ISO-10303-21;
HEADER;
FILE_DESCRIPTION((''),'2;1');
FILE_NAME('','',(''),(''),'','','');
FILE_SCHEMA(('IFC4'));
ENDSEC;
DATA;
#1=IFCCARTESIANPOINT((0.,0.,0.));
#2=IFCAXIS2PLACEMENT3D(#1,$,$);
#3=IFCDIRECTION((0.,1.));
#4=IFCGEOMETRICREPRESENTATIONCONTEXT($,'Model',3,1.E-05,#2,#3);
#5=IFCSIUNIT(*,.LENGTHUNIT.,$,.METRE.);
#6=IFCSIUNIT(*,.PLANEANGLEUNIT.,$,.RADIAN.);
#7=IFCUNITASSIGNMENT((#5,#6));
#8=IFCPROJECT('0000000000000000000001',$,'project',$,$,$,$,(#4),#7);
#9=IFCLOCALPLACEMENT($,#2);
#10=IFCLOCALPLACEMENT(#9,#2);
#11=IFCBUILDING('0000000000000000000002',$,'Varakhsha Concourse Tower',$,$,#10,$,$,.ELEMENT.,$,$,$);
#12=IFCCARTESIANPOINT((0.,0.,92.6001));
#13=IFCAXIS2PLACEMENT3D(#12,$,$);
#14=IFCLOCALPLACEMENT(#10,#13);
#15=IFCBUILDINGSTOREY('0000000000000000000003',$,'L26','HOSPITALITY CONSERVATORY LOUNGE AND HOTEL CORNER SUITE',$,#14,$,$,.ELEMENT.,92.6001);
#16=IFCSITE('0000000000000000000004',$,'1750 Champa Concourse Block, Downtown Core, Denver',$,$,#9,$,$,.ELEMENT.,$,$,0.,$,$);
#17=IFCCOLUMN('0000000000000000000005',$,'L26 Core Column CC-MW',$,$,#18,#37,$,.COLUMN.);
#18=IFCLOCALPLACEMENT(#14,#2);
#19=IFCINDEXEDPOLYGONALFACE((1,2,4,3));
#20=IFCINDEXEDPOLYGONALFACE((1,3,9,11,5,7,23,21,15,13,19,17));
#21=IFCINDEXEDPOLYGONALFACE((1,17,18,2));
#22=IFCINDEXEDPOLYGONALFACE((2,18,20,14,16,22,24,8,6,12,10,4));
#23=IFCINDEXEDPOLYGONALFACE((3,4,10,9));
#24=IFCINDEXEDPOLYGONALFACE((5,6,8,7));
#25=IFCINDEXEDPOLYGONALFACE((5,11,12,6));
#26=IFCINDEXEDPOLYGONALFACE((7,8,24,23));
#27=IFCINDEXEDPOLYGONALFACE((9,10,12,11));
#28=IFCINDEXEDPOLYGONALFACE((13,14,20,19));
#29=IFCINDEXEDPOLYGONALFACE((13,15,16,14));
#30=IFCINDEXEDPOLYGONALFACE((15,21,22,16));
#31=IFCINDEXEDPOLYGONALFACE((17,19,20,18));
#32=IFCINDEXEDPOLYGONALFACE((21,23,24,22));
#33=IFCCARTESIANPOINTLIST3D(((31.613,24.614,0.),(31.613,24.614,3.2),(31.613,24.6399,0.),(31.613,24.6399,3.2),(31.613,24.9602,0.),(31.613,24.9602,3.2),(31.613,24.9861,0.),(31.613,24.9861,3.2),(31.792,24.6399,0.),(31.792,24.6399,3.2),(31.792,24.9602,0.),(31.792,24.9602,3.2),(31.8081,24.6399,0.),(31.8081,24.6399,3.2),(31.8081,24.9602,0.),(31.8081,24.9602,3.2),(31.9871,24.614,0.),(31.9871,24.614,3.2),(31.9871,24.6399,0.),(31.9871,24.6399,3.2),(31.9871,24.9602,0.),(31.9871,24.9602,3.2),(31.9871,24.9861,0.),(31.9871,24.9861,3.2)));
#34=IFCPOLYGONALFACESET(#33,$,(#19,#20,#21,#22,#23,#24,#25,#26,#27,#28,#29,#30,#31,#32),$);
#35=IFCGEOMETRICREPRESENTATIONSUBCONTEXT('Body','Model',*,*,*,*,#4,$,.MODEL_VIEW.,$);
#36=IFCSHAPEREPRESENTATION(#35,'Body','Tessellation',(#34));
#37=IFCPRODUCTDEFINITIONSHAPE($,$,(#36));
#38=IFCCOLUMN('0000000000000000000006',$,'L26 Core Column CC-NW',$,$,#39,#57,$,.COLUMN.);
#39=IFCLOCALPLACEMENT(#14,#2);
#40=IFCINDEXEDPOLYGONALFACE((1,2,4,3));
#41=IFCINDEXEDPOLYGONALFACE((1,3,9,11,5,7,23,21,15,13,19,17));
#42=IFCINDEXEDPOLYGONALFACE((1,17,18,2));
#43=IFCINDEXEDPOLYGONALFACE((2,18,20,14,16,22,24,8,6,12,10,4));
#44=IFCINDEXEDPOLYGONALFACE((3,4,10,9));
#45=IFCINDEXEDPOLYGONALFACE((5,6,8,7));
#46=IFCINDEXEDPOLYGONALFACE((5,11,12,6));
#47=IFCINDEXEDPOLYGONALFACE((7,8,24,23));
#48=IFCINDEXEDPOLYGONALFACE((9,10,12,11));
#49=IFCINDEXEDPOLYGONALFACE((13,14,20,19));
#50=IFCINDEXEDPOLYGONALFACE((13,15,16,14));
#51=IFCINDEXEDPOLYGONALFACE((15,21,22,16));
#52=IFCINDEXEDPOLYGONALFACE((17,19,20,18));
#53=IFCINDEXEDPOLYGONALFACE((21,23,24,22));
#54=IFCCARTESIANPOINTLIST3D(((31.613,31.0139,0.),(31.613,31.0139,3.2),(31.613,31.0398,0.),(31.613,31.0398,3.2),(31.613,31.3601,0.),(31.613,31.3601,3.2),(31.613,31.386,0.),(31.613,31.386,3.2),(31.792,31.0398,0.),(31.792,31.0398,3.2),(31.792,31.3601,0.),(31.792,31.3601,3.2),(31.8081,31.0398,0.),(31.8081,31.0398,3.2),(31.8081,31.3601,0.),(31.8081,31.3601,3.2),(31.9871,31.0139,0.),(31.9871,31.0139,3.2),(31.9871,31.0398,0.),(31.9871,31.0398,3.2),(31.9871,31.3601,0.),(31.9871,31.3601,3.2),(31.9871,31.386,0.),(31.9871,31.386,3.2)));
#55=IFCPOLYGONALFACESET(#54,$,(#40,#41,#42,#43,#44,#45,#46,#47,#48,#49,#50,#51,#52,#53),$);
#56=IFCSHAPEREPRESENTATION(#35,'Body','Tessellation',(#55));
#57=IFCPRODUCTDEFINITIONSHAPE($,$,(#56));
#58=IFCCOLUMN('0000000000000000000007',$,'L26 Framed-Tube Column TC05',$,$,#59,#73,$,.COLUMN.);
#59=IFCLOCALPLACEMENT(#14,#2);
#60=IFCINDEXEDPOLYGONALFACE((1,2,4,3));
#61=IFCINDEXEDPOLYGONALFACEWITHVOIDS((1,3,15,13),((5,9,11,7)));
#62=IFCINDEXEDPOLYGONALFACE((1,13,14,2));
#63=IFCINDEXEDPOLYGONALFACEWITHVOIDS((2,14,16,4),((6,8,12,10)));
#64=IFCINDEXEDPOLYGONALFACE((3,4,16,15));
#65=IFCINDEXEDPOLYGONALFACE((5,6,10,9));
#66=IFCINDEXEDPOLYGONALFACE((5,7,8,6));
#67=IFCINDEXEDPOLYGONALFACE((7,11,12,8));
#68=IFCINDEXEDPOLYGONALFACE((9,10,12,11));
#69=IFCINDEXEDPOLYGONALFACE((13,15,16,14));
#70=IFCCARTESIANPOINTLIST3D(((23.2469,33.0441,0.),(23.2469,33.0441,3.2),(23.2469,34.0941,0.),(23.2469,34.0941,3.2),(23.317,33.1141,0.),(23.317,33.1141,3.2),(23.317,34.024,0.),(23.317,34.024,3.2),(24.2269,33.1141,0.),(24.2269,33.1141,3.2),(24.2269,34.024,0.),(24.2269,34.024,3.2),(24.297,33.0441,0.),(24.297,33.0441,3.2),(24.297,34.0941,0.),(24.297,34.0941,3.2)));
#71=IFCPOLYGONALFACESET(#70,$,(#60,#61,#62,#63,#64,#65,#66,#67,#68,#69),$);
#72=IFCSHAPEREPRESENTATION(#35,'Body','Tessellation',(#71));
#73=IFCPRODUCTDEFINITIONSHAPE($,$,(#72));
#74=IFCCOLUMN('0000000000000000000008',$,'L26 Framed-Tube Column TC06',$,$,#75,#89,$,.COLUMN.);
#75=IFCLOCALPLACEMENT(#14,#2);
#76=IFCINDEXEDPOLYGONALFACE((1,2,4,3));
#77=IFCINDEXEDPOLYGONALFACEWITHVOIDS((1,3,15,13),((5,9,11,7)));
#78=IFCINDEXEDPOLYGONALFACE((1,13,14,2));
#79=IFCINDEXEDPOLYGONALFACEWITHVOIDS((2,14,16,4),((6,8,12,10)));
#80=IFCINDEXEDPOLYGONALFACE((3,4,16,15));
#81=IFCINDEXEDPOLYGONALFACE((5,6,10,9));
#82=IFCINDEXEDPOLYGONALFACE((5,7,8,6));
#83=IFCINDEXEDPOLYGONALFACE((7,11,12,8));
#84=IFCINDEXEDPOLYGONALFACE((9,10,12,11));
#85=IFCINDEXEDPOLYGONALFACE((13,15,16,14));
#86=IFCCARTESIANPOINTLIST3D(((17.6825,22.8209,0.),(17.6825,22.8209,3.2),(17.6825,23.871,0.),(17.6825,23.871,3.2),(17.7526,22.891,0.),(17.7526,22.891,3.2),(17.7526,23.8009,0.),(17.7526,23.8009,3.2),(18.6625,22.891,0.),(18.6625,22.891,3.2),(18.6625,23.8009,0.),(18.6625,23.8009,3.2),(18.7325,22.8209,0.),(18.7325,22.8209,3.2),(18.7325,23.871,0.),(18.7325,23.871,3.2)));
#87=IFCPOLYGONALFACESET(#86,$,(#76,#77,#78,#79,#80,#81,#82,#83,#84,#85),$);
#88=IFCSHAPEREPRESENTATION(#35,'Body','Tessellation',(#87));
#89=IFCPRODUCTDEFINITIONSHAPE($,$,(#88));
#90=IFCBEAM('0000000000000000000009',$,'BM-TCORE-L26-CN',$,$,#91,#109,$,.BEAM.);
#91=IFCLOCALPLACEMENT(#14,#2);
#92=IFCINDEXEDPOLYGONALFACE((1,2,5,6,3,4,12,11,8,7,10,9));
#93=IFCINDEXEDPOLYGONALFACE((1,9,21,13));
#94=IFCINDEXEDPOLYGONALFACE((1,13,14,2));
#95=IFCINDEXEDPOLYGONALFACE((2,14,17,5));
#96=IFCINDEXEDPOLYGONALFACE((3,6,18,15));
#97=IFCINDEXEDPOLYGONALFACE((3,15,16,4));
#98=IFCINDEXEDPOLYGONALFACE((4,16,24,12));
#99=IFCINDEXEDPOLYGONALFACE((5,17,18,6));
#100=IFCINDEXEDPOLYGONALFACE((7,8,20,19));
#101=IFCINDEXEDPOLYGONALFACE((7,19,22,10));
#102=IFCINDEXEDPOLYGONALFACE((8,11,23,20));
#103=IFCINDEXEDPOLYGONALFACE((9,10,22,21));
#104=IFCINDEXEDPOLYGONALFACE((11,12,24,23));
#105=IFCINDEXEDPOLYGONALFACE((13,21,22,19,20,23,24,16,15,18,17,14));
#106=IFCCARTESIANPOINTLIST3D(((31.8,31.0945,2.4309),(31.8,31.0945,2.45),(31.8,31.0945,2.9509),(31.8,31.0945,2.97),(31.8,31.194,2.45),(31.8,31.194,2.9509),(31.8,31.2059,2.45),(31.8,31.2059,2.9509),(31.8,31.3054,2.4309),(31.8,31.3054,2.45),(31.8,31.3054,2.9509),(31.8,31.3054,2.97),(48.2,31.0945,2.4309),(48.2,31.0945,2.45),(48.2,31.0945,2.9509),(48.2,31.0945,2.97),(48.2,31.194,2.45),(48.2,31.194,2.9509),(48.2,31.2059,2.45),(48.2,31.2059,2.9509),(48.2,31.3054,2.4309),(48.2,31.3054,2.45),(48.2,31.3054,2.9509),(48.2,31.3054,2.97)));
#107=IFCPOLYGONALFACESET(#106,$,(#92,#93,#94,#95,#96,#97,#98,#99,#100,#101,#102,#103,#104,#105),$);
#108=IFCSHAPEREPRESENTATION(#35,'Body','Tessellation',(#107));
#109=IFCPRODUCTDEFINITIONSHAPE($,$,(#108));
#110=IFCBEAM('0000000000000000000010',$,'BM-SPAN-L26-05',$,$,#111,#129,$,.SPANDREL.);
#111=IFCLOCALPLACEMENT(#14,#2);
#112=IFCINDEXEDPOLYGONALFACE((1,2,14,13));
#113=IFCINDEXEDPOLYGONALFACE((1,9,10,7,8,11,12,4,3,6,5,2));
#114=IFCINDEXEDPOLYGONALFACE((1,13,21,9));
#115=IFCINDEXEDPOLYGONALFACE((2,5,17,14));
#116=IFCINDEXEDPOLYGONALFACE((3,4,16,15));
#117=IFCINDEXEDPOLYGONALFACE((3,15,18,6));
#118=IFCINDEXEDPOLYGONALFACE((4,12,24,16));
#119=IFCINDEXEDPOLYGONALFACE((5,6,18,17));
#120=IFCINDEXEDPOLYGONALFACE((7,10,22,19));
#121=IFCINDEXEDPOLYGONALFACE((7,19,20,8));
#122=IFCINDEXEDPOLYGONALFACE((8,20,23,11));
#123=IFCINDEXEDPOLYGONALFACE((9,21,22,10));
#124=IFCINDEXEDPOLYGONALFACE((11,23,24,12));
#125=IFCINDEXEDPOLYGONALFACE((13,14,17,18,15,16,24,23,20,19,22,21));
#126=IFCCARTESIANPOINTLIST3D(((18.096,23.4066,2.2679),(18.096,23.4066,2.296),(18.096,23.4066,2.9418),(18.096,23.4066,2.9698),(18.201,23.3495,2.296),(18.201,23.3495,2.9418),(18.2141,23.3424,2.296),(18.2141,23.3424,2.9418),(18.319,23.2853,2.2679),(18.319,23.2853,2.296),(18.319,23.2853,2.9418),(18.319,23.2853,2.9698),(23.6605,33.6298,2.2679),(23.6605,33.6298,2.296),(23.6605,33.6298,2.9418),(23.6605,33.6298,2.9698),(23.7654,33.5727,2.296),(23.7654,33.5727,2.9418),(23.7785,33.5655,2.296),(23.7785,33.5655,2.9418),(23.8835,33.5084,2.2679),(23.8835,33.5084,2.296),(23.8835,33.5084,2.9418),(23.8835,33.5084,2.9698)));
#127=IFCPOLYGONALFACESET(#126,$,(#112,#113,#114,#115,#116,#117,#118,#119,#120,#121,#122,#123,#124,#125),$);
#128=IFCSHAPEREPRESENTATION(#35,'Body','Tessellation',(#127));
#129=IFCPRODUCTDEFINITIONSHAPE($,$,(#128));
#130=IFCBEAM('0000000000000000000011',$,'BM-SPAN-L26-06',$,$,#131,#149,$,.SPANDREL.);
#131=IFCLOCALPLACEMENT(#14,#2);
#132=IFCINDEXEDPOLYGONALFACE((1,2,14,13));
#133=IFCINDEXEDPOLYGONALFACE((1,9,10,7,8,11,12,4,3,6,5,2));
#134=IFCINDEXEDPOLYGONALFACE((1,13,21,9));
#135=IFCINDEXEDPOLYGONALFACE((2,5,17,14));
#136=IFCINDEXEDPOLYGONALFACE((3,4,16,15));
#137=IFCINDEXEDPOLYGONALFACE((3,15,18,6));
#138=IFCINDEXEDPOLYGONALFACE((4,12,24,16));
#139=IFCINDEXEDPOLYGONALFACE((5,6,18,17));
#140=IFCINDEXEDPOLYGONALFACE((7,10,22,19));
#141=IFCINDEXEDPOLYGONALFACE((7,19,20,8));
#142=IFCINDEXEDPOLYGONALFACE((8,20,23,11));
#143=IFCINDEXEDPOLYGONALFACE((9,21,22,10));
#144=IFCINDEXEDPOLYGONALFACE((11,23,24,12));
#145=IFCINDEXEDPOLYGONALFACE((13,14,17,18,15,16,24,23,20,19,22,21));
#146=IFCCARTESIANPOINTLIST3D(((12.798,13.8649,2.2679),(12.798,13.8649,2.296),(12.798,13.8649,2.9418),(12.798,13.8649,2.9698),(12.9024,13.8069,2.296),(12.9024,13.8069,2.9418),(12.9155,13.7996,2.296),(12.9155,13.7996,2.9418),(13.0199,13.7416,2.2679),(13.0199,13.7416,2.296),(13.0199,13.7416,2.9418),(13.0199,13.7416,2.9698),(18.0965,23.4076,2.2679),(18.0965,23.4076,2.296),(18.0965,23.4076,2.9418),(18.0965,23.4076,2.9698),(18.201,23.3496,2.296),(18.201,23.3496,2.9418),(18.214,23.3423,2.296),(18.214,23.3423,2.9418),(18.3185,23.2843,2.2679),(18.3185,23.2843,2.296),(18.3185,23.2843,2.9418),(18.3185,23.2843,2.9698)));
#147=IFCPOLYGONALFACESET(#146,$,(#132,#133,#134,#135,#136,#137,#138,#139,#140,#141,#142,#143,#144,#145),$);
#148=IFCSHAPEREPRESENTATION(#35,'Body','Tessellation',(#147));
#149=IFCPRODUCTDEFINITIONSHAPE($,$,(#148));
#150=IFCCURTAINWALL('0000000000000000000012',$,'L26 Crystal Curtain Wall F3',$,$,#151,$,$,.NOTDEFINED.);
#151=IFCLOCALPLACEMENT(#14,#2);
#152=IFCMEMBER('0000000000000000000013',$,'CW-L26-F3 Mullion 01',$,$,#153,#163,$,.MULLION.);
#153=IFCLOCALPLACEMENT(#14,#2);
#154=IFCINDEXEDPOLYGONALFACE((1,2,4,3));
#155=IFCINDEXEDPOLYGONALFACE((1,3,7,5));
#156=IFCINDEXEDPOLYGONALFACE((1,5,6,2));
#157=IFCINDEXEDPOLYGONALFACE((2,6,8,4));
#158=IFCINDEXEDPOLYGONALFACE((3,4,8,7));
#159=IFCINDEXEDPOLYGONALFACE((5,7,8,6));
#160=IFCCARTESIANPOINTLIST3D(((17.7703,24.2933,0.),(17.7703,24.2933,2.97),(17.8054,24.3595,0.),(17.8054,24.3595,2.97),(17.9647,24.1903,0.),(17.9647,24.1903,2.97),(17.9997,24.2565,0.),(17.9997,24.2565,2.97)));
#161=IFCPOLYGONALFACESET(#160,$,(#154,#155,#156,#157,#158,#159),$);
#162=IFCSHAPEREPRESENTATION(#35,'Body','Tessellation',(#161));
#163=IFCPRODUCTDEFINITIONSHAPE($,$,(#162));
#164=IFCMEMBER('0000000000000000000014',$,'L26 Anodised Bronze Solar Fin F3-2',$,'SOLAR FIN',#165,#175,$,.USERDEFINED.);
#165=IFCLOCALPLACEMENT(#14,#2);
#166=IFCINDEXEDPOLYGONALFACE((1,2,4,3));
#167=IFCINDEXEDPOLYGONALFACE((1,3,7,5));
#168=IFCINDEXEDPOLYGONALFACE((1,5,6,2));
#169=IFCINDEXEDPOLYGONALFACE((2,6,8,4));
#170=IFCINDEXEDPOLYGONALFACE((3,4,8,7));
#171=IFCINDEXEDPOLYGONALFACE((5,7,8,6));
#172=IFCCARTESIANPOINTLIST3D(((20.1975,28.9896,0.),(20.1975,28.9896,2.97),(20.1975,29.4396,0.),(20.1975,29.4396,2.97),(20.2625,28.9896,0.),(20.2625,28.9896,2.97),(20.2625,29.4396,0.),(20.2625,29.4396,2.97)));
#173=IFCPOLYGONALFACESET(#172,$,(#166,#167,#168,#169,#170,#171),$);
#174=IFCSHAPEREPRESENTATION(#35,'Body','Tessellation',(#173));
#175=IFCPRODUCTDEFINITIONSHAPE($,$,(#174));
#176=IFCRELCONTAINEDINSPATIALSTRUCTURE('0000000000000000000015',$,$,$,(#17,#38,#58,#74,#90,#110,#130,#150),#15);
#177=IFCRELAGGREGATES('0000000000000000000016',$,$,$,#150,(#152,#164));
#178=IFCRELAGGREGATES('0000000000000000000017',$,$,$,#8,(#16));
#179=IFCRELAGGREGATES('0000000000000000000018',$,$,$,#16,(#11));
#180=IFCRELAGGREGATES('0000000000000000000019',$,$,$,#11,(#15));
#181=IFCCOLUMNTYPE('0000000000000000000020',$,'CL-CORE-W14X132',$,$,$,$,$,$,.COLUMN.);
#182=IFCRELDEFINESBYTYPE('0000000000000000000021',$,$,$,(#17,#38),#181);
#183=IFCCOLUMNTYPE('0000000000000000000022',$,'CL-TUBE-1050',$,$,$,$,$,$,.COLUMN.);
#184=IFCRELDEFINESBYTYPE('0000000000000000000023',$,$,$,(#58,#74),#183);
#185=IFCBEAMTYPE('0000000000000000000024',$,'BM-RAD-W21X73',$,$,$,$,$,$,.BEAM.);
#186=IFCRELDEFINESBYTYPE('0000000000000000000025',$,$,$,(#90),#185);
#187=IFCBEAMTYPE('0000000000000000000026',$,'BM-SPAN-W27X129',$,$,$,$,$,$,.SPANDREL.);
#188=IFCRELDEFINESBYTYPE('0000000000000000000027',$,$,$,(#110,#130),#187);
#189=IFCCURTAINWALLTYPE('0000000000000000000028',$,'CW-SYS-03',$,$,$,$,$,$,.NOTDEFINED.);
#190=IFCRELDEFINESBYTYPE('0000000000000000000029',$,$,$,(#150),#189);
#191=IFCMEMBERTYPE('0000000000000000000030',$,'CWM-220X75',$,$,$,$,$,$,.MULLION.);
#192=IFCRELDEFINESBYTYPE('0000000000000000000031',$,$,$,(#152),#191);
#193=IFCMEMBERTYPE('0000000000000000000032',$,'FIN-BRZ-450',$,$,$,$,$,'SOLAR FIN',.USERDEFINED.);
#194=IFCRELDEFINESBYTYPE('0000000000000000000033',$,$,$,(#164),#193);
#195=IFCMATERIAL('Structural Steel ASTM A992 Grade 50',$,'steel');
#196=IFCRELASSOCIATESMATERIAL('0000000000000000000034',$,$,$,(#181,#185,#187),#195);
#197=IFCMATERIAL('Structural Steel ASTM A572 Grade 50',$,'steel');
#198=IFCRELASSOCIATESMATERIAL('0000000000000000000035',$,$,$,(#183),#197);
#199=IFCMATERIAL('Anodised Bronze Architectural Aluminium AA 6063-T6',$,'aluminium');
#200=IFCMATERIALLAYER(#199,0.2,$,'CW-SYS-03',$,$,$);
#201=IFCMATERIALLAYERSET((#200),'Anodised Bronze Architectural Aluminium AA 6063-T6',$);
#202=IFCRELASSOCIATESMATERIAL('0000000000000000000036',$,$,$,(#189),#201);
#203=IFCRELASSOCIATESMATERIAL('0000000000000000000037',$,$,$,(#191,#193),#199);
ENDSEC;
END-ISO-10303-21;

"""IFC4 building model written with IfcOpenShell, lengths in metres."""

from ifc_helpers import new_model, si_unit, direction, frame, origin, origin_2d, place, context, subcontext, project, spatial, rectangle, hollow_rectangle, i_section, extrude, source, transform, mapped, material, layer, layer_set, material_profile, profile_set, type_object, type_shapes, element, aggregate, save


model = new_model("IFC4")

# Units and contexts
model_context = context("Model", 3, precision=1e-05, world=origin(), true_north=direction((0.0, 1.0)))
body_context = subcontext(model_context, "Body", "Model", "MODEL_VIEW")
ifc_project = project(units=[si_unit("LENGTHUNIT", "METRE"), si_unit("PLANEANGLEUNIT", "RADIAN")], contexts=[model_context])

# Site, building, storey
site_placement = place(None, origin())
site = spatial("IfcSite", under=ifc_project, at=site_placement, Name="1750 Champa Concourse Block, Downtown Core, Denver", CompositionType="ELEMENT", RefElevation=0.0)
building_placement = place(site_placement, origin())
building = spatial("IfcBuilding", under=site, at=building_placement, Name="Varakhsha Concourse Tower", CompositionType="ELEMENT")
storey_placement = place(building_placement, frame((0.0, 0.0, 92.6001)))
storey = spatial("IfcBuildingStorey", under=building, at=storey_placement, Name="L26", Description="HOSPITALITY CONSERVATORY LOUNGE AND HOTEL CORNER SUITE", CompositionType="ELEMENT", Elevation=92.6001)

# Columns
ifc_material_1 = material(Name="Structural Steel ASTM A992 Grade 50", Category="steel")
ifc_material_profile_1 = material_profile(ifc_material_1, i_section(OverallWidth=0.374, OverallDepth=0.3721, WebThickness=0.0161, FlangeThickness=0.0259, at=origin_2d()), Name="W14X132")
ifc_profile_set_1 = profile_set([ifc_material_profile_1], Name="Structural Steel ASTM A992 Grade 50")
column_type_1 = type_object("IfcColumnType", Name="CL-CORE-W14X132", PredefinedType="COLUMN", material=ifc_profile_set_1)
for number, where, z_axis, x_axis, name in (
    (1, (31.8, 24.8, 0.0), (0.0, 0.0, 1.0), (1.0, 0.0, 0.0), "L26 Core Column CC-MW"),
    (2, (31.8, 31.2, 0.0), (0.0, 0.0, 1.0), (1.0, 0.0, 0.0), "L26 Core Column CC-NW"),
):
    element("IfcColumn", number, at=place(storey_placement, frame(where, z_axis=z_axis, x_axis=x_axis)), inside=storey, type_object=column_type_1, Name=name, PredefinedType="COLUMN", context=body_context, shape_type="SweptSolid", body=[
        extrude(i_section(OverallWidth=0.374, OverallDepth=0.3721, WebThickness=0.0161, FlangeThickness=0.0259, at=origin_2d()), origin(), (0.0, 0.0, 1.0), 3.2),
    ])
ifc_material_2 = material(Name="Structural Steel ASTM A572 Grade 50", Category="steel")
ifc_material_profile_2 = material_profile(ifc_material_2, hollow_rectangle(XDim=1.05, YDim=1.05, WallThickness=0.0701, at=origin_2d()), Name="BOX 1050x1050x70")
ifc_profile_set_2 = profile_set([ifc_material_profile_2], Name="Structural Steel ASTM A572 Grade 50")
column_type_2 = type_object("IfcColumnType", Name="CL-TUBE-1050", PredefinedType="COLUMN", material=ifc_profile_set_2)
for number, where, z_axis, x_axis, name in (
    (3, (23.772, 33.5691, 0.0), (0.0, 0.0, 1.0), (1.0, 0.0, 0.0), "L26 Framed-Tube Column TC05"),
    (4, (18.2075, 23.3459, 0.0), (0.0, 0.0, 1.0), (1.0, 0.0, 0.0), "L26 Framed-Tube Column TC06"),
):
    element("IfcColumn", number, at=place(storey_placement, frame(where, z_axis=z_axis, x_axis=x_axis)), inside=storey, type_object=column_type_2, Name=name, PredefinedType="COLUMN", context=body_context, shape_type="SweptSolid", body=[
        extrude(hollow_rectangle(XDim=1.05, YDim=1.05, WallThickness=0.0701, at=origin_2d()), origin(), (0.0, 0.0, 1.0), 3.2),
    ])

# Beams
ifc_material_profile_3 = material_profile(ifc_material_1, i_section(OverallWidth=0.2109, OverallDepth=0.5391, WebThickness=0.012, FlangeThickness=0.019, at=origin_2d()), Name="W21X73")
ifc_profile_set_3 = profile_set([ifc_material_profile_3], Name="Structural Steel ASTM A992 Grade 50")
beam_type_1 = type_object("IfcBeamType", Name="BM-RAD-W21X73", PredefinedType="BEAM", material=ifc_profile_set_3)
beam_1_placement = place(storey_placement, frame((31.8, 31.2, 2.7004), z_axis=(1.0, 0.0, 0.0), x_axis=(0.0, 1.0, 0.0)))
element("IfcBeam", 5, at=beam_1_placement, inside=storey, type_object=beam_type_1, Name="BM-TCORE-L26-CN", PredefinedType="BEAM", context=body_context, shape_type="SweptSolid", body=[
    extrude(i_section(OverallWidth=0.2109, OverallDepth=0.5391, WebThickness=0.012, FlangeThickness=0.019, at=origin_2d()), origin(), (0.0, 0.0, 1.0), 16.3999),
])
ifc_material_profile_4 = material_profile(ifc_material_1, i_section(OverallWidth=0.2539, OverallDepth=0.7019, WebThickness=0.0149, FlangeThickness=0.0281, at=origin_2d()), Name="W27X129")
ifc_profile_set_4 = profile_set([ifc_material_profile_4], Name="Structural Steel ASTM A992 Grade 50")
beam_type_2 = type_object("IfcBeamType", Name="BM-SPAN-W27X129", PredefinedType="SPANDREL", material=ifc_profile_set_4)
beam_2_placement = place(storey_placement, frame((23.772, 33.5691, 2.6189), z_axis=(-0.47807, -0.878322, 0.0), x_axis=(0.878322, -0.47807, 0.0)))
element("IfcBeam", 6, at=beam_2_placement, inside=storey, type_object=beam_type_2, Name="BM-SPAN-L26-05", PredefinedType="SPANDREL", context=body_context, shape_type="SweptSolid", body=[
    extrude(i_section(OverallWidth=0.2539, OverallDepth=0.7019, WebThickness=0.0149, FlangeThickness=0.0281, at=origin_2d()), origin(), (0.0, 0.0, 1.0), 11.6394),
])
beam_3_placement = place(storey_placement, frame((18.2075, 23.3459, 2.6189), z_axis=(-0.485438, -0.874271, 0.0), x_axis=(0.874271, -0.485438, 0.0)))
element("IfcBeam", 7, at=beam_3_placement, inside=storey, type_object=beam_type_2, Name="BM-SPAN-L26-06", PredefinedType="SPANDREL", context=body_context, shape_type="SweptSolid", body=[
    extrude(i_section(OverallWidth=0.2539, OverallDepth=0.7019, WebThickness=0.0149, FlangeThickness=0.0281, at=origin_2d()), origin(), (0.0, 0.0, 1.0), 10.915),
])

# Curtain wall, members
ifc_material_3 = material(Name="Anodised Bronze Architectural Aluminium AA 6063-T6", Category="aluminium")
ifc_layer_1 = layer(ifc_material_3, 0.2, Name="CW-SYS-03")
ifc_layer_set_1 = layer_set([ifc_layer_1], Name="Anodised Bronze Architectural Aluminium AA 6063-T6")
curtain_wall_type = type_object("IfcCurtainWallType", Name="CW-SYS-03", PredefinedType="NOTDEFINED", material=ifc_layer_set_1)
curtain_wall_placement = place(storey_placement, origin())
curtain_wall = element("IfcCurtainWall", 8, at=curtain_wall_placement, inside=storey, type_object=curtain_wall_type, Name="L26 Crystal Curtain Wall F3", PredefinedType="NOTDEFINED")
ifc_material_profile_5 = material_profile(ifc_material_3, rectangle(XDim=0.075, YDim=0.22, at=origin_2d()), Name="CWM-220X75")
ifc_profile_set_5 = profile_set([ifc_material_profile_5], Name="Anodised Bronze Architectural Aluminium AA 6063-T6")
member_type_1 = type_object("IfcMemberType", Name="CWM-220X75", PredefinedType="MULLION", material=ifc_profile_set_5)
shared_shape_1 = source(origin(), body_context, "Body", "SweptSolid", [
    extrude(rectangle(XDim=0.075, YDim=0.22, at=origin_2d()), origin(), (0.0, 0.0, 1.0), 2.97),
])
type_shapes(member_type_1, [shared_shape_1])
member_1_placement = place(storey_placement, frame((17.885, 24.2749, 0.0), z_axis=(0.0, 0.0, 1.0), x_axis=(0.468124, 0.883663, 0.0)))
member_1 = element("IfcMember", 9, at=member_1_placement, type_object=member_type_1, Name="CW-L26-F3 Mullion 01", PredefinedType="MULLION", context=body_context, shape_type="MappedRepresentation", body=[
    mapped(shared_shape_1, transform((0.0, 0.0, 0.0), scale=1.0)),
])
ifc_material_profile_6 = material_profile(ifc_material_3, rectangle(XDim=0.0649, YDim=0.45, at=origin_2d()), Name="FIN-BRZ-450")
ifc_profile_set_6 = profile_set([ifc_material_profile_6], Name="Anodised Bronze Architectural Aluminium AA 6063-T6")
member_type_2 = type_object("IfcMemberType", Name="FIN-BRZ-450", ElementType="SOLAR FIN", PredefinedType="USERDEFINED", material=ifc_profile_set_6)
shared_shape_2 = source(origin(), body_context, "Body", "SweptSolid", [
    extrude(rectangle(XDim=0.0649, YDim=0.45, at=origin_2d()), origin(), (0.0, 0.0, 1.0), 2.97),
])
type_shapes(member_type_2, [shared_shape_2])
member_2_placement = place(storey_placement, frame((20.23, 29.2146, 0.0), z_axis=(0.0, 0.0, 1.0), x_axis=(1.0, 0.0, 0.0)))
member_2 = element("IfcMember", 10, at=member_2_placement, type_object=member_type_2, Name="L26 Anodised Bronze Solar Fin F3-2", ObjectType="SOLAR FIN", PredefinedType="USERDEFINED", context=body_context, shape_type="MappedRepresentation", body=[
    mapped(shared_shape_2, transform((0.0, 0.0, 0.0), scale=1.0)),
])
aggregate(curtain_wall, [member_1, member_2])

save(model, "model.ifc")
